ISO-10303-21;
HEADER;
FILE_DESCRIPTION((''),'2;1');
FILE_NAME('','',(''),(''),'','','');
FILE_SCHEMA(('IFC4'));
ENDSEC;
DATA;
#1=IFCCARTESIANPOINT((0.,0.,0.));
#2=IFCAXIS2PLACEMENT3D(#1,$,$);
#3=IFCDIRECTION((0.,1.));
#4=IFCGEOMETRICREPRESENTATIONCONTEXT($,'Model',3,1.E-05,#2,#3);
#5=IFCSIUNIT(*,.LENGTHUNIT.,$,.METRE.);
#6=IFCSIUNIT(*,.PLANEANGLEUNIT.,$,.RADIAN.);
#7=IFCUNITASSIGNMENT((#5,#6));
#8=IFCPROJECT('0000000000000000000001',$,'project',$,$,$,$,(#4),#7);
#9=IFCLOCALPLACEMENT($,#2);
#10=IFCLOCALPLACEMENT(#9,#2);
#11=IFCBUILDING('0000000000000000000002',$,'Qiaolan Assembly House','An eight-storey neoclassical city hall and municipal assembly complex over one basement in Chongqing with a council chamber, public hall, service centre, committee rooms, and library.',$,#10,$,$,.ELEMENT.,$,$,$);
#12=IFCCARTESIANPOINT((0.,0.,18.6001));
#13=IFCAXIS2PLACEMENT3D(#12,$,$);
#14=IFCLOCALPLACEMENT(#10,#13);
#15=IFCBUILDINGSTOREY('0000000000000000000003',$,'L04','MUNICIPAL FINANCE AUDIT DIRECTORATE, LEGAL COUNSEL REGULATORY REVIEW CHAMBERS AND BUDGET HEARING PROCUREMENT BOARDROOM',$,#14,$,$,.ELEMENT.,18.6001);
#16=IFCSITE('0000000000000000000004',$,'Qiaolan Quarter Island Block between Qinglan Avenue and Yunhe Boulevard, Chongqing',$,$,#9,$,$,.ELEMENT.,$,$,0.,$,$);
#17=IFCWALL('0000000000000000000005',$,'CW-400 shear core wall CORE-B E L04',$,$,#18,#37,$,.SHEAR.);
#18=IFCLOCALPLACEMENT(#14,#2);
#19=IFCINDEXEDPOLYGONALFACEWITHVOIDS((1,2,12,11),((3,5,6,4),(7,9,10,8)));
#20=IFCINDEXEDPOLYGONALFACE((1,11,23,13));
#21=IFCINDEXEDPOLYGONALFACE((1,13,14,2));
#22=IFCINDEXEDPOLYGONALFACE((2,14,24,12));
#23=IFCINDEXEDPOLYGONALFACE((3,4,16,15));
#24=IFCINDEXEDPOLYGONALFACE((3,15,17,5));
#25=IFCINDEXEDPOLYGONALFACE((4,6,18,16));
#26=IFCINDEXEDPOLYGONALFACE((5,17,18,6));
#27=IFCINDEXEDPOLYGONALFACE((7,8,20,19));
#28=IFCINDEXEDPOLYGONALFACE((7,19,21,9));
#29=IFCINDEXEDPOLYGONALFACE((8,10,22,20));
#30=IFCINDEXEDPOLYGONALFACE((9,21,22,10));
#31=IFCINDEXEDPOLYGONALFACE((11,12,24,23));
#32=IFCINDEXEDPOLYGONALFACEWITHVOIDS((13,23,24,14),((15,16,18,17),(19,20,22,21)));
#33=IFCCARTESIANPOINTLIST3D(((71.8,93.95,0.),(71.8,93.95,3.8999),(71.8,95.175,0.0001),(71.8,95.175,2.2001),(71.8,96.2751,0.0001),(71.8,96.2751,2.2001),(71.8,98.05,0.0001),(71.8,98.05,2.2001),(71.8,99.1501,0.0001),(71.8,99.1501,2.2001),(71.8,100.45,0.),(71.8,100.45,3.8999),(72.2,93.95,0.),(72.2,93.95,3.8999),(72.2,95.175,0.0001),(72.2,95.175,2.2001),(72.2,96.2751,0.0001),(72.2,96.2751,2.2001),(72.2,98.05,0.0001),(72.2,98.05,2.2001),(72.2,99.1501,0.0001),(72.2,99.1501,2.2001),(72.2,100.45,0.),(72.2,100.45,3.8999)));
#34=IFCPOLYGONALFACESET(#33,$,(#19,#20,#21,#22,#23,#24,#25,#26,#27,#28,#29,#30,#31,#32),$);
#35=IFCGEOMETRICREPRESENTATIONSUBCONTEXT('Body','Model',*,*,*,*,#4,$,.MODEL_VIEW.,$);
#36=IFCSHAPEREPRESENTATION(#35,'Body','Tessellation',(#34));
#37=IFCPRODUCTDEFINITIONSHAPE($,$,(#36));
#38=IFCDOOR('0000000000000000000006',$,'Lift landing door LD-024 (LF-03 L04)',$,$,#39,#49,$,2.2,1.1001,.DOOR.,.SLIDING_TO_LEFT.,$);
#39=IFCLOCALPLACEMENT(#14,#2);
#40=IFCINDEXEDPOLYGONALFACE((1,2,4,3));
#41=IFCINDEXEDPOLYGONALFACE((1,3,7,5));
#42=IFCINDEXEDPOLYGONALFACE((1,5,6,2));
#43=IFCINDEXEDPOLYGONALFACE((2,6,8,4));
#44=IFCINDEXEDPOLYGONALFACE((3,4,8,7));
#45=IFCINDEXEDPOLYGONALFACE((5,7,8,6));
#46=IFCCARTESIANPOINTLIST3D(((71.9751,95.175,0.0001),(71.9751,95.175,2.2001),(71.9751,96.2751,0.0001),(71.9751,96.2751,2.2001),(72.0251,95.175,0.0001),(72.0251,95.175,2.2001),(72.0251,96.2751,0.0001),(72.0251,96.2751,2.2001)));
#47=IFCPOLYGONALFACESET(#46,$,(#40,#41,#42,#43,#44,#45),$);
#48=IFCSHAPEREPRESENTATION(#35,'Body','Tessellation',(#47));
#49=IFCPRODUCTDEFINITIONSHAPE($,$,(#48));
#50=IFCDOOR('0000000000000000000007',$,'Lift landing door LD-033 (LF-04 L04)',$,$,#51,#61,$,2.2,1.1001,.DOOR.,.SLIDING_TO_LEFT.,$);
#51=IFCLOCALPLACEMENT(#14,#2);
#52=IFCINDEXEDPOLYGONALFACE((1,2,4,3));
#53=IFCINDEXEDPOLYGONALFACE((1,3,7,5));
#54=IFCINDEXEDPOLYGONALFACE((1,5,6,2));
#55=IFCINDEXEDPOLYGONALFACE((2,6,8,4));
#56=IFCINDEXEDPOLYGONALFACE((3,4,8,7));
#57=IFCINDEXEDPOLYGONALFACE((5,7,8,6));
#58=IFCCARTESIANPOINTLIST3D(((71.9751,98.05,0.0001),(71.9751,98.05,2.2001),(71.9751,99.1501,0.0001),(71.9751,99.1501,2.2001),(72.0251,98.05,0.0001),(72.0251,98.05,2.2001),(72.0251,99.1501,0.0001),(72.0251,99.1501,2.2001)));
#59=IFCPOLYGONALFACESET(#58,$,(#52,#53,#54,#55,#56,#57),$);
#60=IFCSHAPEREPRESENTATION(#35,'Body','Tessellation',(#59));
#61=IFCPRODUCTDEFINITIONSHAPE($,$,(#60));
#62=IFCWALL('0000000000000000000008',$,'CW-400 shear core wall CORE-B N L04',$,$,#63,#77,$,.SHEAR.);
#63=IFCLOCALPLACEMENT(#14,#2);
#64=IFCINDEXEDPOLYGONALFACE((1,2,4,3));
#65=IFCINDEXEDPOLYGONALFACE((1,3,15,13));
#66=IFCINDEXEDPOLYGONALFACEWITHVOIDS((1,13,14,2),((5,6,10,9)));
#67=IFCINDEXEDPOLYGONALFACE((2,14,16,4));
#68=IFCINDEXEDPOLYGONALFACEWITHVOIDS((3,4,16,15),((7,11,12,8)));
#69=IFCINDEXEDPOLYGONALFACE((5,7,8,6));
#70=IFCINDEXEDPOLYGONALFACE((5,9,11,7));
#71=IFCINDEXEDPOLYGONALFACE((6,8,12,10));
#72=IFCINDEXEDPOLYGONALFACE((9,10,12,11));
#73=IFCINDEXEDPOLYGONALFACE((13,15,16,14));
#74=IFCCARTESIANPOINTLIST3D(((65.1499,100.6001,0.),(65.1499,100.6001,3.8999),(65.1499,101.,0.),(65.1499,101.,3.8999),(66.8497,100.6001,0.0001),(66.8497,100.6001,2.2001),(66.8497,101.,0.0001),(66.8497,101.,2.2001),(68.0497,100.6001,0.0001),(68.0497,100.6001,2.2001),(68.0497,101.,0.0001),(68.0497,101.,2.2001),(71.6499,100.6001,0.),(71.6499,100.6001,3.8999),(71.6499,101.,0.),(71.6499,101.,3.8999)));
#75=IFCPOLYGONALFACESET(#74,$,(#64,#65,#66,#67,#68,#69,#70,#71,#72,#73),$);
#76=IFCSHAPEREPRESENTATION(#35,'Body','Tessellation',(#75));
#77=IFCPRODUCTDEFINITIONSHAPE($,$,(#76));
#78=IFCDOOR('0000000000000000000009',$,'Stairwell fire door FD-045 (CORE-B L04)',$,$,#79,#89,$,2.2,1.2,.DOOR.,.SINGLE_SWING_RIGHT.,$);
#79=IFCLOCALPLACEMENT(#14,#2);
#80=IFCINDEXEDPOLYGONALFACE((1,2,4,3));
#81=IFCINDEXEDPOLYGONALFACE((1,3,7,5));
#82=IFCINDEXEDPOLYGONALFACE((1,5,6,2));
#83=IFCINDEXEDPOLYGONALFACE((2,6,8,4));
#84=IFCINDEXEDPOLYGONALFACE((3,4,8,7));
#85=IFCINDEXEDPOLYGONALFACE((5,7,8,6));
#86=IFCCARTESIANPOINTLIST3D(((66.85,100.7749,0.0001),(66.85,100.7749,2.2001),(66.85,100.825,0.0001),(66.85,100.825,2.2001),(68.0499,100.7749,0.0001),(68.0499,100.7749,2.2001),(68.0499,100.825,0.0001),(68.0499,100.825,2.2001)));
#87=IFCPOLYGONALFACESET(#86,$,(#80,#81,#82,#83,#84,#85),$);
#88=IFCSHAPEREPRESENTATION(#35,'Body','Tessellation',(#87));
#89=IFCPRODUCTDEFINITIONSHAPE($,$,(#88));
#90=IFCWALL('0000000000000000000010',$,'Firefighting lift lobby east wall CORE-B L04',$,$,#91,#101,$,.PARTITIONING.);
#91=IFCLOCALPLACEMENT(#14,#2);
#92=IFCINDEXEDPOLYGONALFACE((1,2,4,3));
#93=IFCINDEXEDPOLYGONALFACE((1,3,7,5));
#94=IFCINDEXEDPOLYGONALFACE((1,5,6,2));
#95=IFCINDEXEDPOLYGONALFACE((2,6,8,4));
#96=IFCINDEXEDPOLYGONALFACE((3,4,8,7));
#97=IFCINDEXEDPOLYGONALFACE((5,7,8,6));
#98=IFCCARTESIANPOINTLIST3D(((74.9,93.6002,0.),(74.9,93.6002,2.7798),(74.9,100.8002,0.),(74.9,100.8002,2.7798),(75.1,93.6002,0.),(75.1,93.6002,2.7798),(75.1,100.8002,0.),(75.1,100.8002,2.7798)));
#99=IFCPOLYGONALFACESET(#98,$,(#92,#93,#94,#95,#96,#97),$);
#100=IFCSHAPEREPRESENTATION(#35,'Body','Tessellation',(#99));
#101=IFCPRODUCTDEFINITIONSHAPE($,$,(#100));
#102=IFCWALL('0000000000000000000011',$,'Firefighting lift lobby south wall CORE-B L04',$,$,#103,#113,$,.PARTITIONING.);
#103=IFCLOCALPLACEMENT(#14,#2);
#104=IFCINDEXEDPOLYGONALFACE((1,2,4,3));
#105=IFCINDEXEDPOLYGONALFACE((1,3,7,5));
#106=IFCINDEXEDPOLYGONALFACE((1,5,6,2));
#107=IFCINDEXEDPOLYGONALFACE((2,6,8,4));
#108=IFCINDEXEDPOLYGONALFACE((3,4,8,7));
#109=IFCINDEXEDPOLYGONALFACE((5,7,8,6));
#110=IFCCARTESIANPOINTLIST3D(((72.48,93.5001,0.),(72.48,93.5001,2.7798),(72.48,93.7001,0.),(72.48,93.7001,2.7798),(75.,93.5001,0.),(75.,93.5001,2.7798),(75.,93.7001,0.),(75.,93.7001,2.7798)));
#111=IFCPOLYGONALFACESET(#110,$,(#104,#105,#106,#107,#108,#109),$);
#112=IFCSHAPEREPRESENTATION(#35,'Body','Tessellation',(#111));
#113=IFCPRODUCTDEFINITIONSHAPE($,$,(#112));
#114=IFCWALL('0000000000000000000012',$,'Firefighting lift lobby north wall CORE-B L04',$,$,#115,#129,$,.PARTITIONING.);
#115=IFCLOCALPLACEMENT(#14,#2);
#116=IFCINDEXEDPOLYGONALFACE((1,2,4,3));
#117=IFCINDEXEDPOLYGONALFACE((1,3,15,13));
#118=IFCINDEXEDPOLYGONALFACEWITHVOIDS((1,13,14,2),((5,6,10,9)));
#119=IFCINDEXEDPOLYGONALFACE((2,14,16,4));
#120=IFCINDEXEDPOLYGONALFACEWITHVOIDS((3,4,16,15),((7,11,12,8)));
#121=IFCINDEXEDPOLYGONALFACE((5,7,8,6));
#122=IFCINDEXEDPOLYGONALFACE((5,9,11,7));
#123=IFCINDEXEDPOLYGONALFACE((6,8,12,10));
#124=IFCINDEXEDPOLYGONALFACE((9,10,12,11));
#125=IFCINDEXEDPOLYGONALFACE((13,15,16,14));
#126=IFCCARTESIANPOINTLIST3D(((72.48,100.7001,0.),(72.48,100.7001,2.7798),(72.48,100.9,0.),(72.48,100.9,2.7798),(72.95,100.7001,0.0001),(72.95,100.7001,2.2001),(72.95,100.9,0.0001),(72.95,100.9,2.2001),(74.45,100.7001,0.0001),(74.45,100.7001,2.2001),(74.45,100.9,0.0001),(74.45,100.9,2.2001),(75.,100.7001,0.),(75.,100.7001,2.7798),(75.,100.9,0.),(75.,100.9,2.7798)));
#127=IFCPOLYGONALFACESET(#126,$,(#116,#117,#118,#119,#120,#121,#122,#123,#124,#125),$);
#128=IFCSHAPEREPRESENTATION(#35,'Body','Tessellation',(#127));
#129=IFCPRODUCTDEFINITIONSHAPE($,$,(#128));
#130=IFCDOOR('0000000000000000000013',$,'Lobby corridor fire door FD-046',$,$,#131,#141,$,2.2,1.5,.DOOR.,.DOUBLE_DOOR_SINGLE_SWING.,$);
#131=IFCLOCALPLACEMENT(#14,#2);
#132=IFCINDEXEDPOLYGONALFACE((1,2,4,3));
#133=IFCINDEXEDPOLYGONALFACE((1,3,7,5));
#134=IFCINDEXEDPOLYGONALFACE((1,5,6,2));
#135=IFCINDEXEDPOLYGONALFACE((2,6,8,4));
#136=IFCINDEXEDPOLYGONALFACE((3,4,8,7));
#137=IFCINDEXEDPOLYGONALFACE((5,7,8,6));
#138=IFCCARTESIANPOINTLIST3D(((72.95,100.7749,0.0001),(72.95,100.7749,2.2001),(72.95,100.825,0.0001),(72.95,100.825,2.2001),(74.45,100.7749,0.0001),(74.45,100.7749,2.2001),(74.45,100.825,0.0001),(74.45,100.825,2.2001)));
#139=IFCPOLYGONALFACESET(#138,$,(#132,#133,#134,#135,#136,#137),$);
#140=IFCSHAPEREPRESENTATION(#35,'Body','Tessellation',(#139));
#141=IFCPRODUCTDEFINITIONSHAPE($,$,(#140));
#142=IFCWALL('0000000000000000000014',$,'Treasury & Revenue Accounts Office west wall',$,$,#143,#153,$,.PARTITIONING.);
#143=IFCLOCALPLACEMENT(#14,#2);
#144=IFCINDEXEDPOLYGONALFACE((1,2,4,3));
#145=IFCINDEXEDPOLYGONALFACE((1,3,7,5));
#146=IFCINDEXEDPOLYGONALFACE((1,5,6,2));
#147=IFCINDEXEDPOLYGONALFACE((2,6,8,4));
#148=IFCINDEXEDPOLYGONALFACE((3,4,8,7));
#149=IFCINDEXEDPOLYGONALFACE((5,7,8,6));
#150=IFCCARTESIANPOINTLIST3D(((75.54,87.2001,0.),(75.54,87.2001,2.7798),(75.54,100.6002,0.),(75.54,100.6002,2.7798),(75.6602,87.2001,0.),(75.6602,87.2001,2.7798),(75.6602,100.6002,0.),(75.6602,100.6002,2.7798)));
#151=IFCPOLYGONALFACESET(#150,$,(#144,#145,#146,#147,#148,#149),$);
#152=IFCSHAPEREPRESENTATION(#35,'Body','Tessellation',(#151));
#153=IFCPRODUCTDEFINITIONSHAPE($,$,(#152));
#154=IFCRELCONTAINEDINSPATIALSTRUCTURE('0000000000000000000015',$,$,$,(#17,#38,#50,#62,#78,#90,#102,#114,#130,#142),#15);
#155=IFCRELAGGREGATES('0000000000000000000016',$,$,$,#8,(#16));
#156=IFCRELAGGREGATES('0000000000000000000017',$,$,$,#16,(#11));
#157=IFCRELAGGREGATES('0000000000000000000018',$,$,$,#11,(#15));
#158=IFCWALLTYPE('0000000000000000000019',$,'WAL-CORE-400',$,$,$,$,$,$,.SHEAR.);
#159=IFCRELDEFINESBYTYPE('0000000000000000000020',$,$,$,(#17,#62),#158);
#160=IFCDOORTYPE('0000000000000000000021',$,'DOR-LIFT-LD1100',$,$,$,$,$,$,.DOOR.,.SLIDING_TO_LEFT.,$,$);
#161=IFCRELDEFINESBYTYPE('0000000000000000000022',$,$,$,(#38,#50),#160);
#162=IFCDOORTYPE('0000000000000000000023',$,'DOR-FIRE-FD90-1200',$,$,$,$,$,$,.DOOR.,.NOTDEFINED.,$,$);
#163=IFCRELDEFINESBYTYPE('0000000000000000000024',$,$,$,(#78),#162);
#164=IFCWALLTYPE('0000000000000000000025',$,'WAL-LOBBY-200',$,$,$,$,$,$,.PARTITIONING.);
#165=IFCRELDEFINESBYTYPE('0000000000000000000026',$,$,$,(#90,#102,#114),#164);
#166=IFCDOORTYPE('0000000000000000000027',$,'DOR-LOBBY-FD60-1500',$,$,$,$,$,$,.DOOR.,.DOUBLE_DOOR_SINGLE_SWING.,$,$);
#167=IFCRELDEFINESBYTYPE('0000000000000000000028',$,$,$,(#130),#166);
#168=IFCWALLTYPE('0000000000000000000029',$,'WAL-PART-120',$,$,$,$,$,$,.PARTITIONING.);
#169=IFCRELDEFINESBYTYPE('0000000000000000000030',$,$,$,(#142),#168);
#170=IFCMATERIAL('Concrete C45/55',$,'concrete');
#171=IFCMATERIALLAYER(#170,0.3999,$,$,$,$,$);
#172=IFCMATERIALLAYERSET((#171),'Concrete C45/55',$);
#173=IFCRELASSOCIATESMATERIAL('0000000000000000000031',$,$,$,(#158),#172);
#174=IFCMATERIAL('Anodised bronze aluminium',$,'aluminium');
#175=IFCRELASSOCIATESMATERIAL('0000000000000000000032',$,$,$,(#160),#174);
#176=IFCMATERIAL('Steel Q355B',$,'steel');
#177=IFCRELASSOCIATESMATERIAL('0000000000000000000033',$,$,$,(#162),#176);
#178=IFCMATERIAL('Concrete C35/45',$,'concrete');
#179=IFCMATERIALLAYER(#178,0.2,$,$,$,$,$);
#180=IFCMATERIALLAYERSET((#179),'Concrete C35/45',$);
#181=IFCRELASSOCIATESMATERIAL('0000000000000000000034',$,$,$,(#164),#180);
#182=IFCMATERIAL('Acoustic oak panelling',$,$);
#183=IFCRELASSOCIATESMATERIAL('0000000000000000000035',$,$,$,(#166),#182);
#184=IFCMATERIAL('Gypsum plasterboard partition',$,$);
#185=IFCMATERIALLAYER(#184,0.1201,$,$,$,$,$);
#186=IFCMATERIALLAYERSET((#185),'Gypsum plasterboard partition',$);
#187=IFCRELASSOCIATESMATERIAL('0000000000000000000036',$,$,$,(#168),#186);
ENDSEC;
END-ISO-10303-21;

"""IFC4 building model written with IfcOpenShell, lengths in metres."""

from ifc_helpers import new_model, si_unit, direction, frame, frame_2d, origin, place, context, subcontext, project, spatial, rectangle, extrude, material, layer, layer_set, type_object, element, fill, save


model = new_model("IFC4")

# Units and contexts
model_context = context("Model", 3, precision=1e-05, world=origin(), true_north=direction((0.0, 1.0)))
body_context = subcontext(model_context, "Body", "Model", "MODEL_VIEW")
ifc_project = project(units=[si_unit("LENGTHUNIT", "METRE"), si_unit("PLANEANGLEUNIT", "RADIAN")], contexts=[model_context])

# Site, building, storey
site_placement = place(None, origin())
site = spatial("IfcSite", under=ifc_project, at=site_placement, Name="Qiaolan Quarter Island Block between Qinglan Avenue and Yunhe Boulevard, Chongqing", CompositionType="ELEMENT", RefElevation=0.0)
building_placement = place(site_placement, origin())
building = spatial("IfcBuilding", under=site, at=building_placement, Name="Qiaolan Assembly House", Description="An eight-storey neoclassical city hall and municipal assembly complex over one basement in Chongqing with a council chamber, public hall, service centre, committee rooms, and library.", CompositionType="ELEMENT")
storey_placement = place(building_placement, frame((0.0, 0.0, 18.6001)))
storey = spatial("IfcBuildingStorey", under=building, at=storey_placement, Name="L04", Description="MUNICIPAL FINANCE AUDIT DIRECTORATE, LEGAL COUNSEL REGULATORY REVIEW CHAMBERS AND BUDGET HEARING PROCUREMENT BOARDROOM", CompositionType="ELEMENT", Elevation=18.6001)

# Shared definitions
ifc_material_1 = material(Name="Concrete C45/55", Category="concrete")

# Wall, openings, doors
ifc_layer_1 = layer(ifc_material_1, 0.3999)
ifc_layer_set_1 = layer_set([ifc_layer_1], Name="Concrete C45/55")
wall_type_1 = type_object("IfcWallType", Name="WAL-CORE-400", PredefinedType="SHEAR", material=ifc_layer_set_1)
wall_1_placement = place(storey_placement, frame((72.0, 93.95, 0.0), z_axis=(0.0, 0.0, 1.0), x_axis=(0.0, 1.0, 0.0)))
wall_1 = element("IfcWall", 1, at=wall_1_placement, inside=storey, type_object=wall_type_1, Name="CW-400 shear core wall CORE-B E L04", PredefinedType="SHEAR", context=body_context, shape_type="SweptSolid", body=[
    extrude(rectangle(XDim=6.5, YDim=0.3999, at=frame_2d((3.25, 0.0))), origin(), (0.0, 0.0, 1.0), 3.8999),
])
opening_1_placement = place(wall_1_placement, frame((1.2251, 0.0, 0.0)))
opening_1 = element("IfcOpeningElement", 2, at=opening_1_placement, cuts=wall_1, PredefinedType="OPENING", context=body_context, shape_type="SweptSolid", body=[
    extrude(rectangle(XDim=1.1001, YDim=2.2, at=frame_2d((0.55, 1.1001))), frame((0.0, 0.21, 0.0), z_axis=(0.0, -1.0, 0.0), x_axis=(1.0, 0.0, 0.0)), (0.0, 0.0, 1.0), 0.4199),
])
opening_2_placement = place(wall_1_placement, frame((4.1001, 0.0, 0.0)))
opening_2 = element("IfcOpeningElement", 3, at=opening_2_placement, cuts=wall_1, PredefinedType="OPENING", context=body_context, shape_type="SweptSolid", body=[
    extrude(rectangle(XDim=1.1001, YDim=2.2, at=frame_2d((0.55, 1.1001))), frame((0.0, 0.21, 0.0), z_axis=(0.0, -1.0, 0.0), x_axis=(1.0, 0.0, 0.0)), (0.0, 0.0, 1.0), 0.4199),
])
ifc_material_2 = material(Name="Anodised bronze aluminium", Category="aluminium")
door_type_1 = type_object("IfcDoorType", Name="DOR-LIFT-LD1100", OperationType="SLIDING_TO_LEFT", PredefinedType="DOOR", material=ifc_material_2)
door_1_placement = place(opening_1_placement, origin())
door_1 = element("IfcDoor", 4, at=door_1_placement, inside=storey, type_object=door_type_1, Name="Lift landing door LD-024 (LF-03 L04)", OperationType="SLIDING_TO_LEFT", OverallHeight=2.2, OverallWidth=1.1001, PredefinedType="DOOR", context=body_context, shape_type="SweptSolid", body=[
    extrude(rectangle(XDim=1.1001, YDim=2.2, at=frame_2d((0.55, 1.1001))), frame((0.0, 0.0249, 0.0), z_axis=(0.0, -1.0, 0.0), x_axis=(1.0, 0.0, 0.0)), (0.0, 0.0, 1.0), 0.05),
])
fill(opening_1, door_1)
door_2_placement = place(opening_2_placement, origin())
door_2 = element("IfcDoor", 5, at=door_2_placement, inside=storey, type_object=door_type_1, Name="Lift landing door LD-033 (LF-04 L04)", OperationType="SLIDING_TO_LEFT", OverallHeight=2.2, OverallWidth=1.1001, PredefinedType="DOOR", context=body_context, shape_type="SweptSolid", body=[
    extrude(rectangle(XDim=1.1001, YDim=2.2, at=frame_2d((0.55, 1.1001))), frame((0.0, 0.0249, 0.0), z_axis=(0.0, -1.0, 0.0), x_axis=(1.0, 0.0, 0.0)), (0.0, 0.0, 1.0), 0.05),
])
fill(opening_2, door_2)

# Wall, opening, door
wall_2_placement = place(storey_placement, frame((71.6499, 100.8, 0.0), z_axis=(0.0, 0.0, 1.0), x_axis=(-1.0, 0.0, 0.0)))
wall_2 = element("IfcWall", 6, at=wall_2_placement, inside=storey, type_object=wall_type_1, Name="CW-400 shear core wall CORE-B N L04", PredefinedType="SHEAR", context=body_context, shape_type="SweptSolid", body=[
    extrude(rectangle(XDim=6.5, YDim=0.3999, at=frame_2d((3.25, 0.0))), origin(), (0.0, 0.0, 1.0), 3.8999),
])
opening_3_placement = place(wall_2_placement, frame((3.6001, 0.0, 0.0)))
opening_3 = element("IfcOpeningElement", 7, at=opening_3_placement, cuts=wall_2, PredefinedType="OPENING", context=body_context, shape_type="SweptSolid", body=[
    extrude(rectangle(XDim=1.2, YDim=2.2, at=frame_2d((0.6001, 1.1001))), frame((0.0, 0.21, 0.0), z_axis=(0.0, -1.0, 0.0), x_axis=(1.0, 0.0, 0.0)), (0.0, 0.0, 1.0), 0.4199),
])
ifc_material_3 = material(Name="Steel Q355B", Category="steel")
door_type_2 = type_object("IfcDoorType", Name="DOR-FIRE-FD90-1200", OperationType="NOTDEFINED", PredefinedType="DOOR", material=ifc_material_3)
door_3_placement = place(opening_3_placement, frame((1.2, 0.0, 0.0), z_axis=(0.0, 0.0, 1.0), x_axis=(-1.0, 0.0, 0.0)))
door_3 = element("IfcDoor", 8, at=door_3_placement, inside=storey, type_object=door_type_2, Name="Stairwell fire door FD-045 (CORE-B L04)", OperationType="SINGLE_SWING_RIGHT", OverallHeight=2.2, OverallWidth=1.2, PredefinedType="DOOR", context=body_context, shape_type="SweptSolid", body=[
    extrude(rectangle(XDim=1.2, YDim=2.2, at=frame_2d((0.6001, 1.1001))), frame((0.0, 0.0249, 0.0), z_axis=(0.0, -1.0, 0.0), x_axis=(1.0, 0.0, 0.0)), (0.0, 0.0, 1.0), 0.05),
])
fill(opening_3, door_3)

# Walls
ifc_material_4 = material(Name="Concrete C35/45", Category="concrete")
ifc_layer_2 = layer(ifc_material_4, 0.2)
ifc_layer_set_2 = layer_set([ifc_layer_2], Name="Concrete C35/45")
wall_type_2 = type_object("IfcWallType", Name="WAL-LOBBY-200", PredefinedType="PARTITIONING", material=ifc_layer_set_2)
wall_3_placement = place(storey_placement, frame((75.0, 93.6001, 0.0), z_axis=(0.0, 0.0, 1.0), x_axis=(0.0, 1.0, 0.0)))
element("IfcWall", 9, at=wall_3_placement, inside=storey, type_object=wall_type_2, Name="Firefighting lift lobby east wall CORE-B L04", PredefinedType="PARTITIONING", context=body_context, shape_type="SweptSolid", body=[
    extrude(rectangle(XDim=7.2, YDim=0.2, at=frame_2d((3.6001, 0.0))), origin(), (0.0, 0.0, 1.0), 2.7798),
])
wall_4_placement = place(storey_placement, frame((72.48, 93.6001, 0.0), z_axis=(0.0, 0.0, 1.0), x_axis=(1.0, 0.0, 0.0)))
element("IfcWall", 10, at=wall_4_placement, inside=storey, type_object=wall_type_2, Name="Firefighting lift lobby south wall CORE-B L04", PredefinedType="PARTITIONING", context=body_context, shape_type="SweptSolid", body=[
    extrude(rectangle(XDim=2.52, YDim=0.2, at=frame_2d((1.26, 0.0))), origin(), (0.0, 0.0, 1.0), 2.7798),
])

# Wall, opening, door
wall_5_placement = place(storey_placement, frame((75.0, 100.8, 0.0), z_axis=(0.0, 0.0, 1.0), x_axis=(-1.0, 0.0, 0.0)))
wall_5 = element("IfcWall", 11, at=wall_5_placement, inside=storey, type_object=wall_type_2, Name="Firefighting lift lobby north wall CORE-B L04", PredefinedType="PARTITIONING", context=body_context, shape_type="SweptSolid", body=[
    extrude(rectangle(XDim=2.52, YDim=0.2, at=frame_2d((1.26, 0.0))), origin(), (0.0, 0.0, 1.0), 2.7798),
])
opening_4_placement = place(wall_5_placement, frame((0.55, 0.0, 0.0)))
opening_4 = element("IfcOpeningElement", 12, at=opening_4_placement, cuts=wall_5, PredefinedType="OPENING", context=body_context, shape_type="SweptSolid", body=[
    extrude(rectangle(XDim=1.5, YDim=2.2, at=frame_2d((0.75, 1.1001))), frame((0.0, 0.1099, 0.0), z_axis=(0.0, -1.0, 0.0), x_axis=(1.0, 0.0, 0.0)), (0.0, 0.0, 1.0), 0.22),
])
ifc_material_5 = material(Name="Acoustic oak panelling")
door_type_3 = type_object("IfcDoorType", Name="DOR-LOBBY-FD60-1500", OperationType="DOUBLE_DOOR_SINGLE_SWING", PredefinedType="DOOR", material=ifc_material_5)
door_4_placement = place(opening_4_placement, frame((1.5, 0.0, 0.0), z_axis=(0.0, 0.0, 1.0), x_axis=(-1.0, 0.0, 0.0)))
door_4 = element("IfcDoor", 13, at=door_4_placement, inside=storey, type_object=door_type_3, Name="Lobby corridor fire door FD-046", OperationType="DOUBLE_DOOR_SINGLE_SWING", OverallHeight=2.2, OverallWidth=1.5, PredefinedType="DOOR", context=body_context, shape_type="SweptSolid", body=[
    extrude(rectangle(XDim=1.5, YDim=2.2, at=frame_2d((0.75, 1.1001))), frame((0.0, 0.0249, 0.0), z_axis=(0.0, -1.0, 0.0), x_axis=(1.0, 0.0, 0.0)), (0.0, 0.0, 1.0), 0.05),
])
fill(opening_4, door_4)

# Wall
ifc_material_6 = material(Name="Gypsum plasterboard partition")
ifc_layer_3 = layer(ifc_material_6, 0.1201)
ifc_layer_set_3 = layer_set([ifc_layer_3], Name="Gypsum plasterboard partition")
wall_type_3 = type_object("IfcWallType", Name="WAL-PART-120", PredefinedType="PARTITIONING", material=ifc_layer_set_3)
wall_6_placement = place(storey_placement, frame((75.6001, 87.2, 0.0), z_axis=(0.0, 0.0, 1.0), x_axis=(0.0, 1.0, 0.0)))
element("IfcWall", 14, at=wall_6_placement, inside=storey, type_object=wall_type_3, Name="Treasury & Revenue Accounts Office west wall", PredefinedType="PARTITIONING", context=body_context, shape_type="SweptSolid", body=[
    extrude(rectangle(XDim=13.4001, YDim=0.1201, at=frame_2d((6.7002, 0.0))), origin(), (0.0, 0.0, 1.0), 2.7798),
])

save(model, "model.ifc")
